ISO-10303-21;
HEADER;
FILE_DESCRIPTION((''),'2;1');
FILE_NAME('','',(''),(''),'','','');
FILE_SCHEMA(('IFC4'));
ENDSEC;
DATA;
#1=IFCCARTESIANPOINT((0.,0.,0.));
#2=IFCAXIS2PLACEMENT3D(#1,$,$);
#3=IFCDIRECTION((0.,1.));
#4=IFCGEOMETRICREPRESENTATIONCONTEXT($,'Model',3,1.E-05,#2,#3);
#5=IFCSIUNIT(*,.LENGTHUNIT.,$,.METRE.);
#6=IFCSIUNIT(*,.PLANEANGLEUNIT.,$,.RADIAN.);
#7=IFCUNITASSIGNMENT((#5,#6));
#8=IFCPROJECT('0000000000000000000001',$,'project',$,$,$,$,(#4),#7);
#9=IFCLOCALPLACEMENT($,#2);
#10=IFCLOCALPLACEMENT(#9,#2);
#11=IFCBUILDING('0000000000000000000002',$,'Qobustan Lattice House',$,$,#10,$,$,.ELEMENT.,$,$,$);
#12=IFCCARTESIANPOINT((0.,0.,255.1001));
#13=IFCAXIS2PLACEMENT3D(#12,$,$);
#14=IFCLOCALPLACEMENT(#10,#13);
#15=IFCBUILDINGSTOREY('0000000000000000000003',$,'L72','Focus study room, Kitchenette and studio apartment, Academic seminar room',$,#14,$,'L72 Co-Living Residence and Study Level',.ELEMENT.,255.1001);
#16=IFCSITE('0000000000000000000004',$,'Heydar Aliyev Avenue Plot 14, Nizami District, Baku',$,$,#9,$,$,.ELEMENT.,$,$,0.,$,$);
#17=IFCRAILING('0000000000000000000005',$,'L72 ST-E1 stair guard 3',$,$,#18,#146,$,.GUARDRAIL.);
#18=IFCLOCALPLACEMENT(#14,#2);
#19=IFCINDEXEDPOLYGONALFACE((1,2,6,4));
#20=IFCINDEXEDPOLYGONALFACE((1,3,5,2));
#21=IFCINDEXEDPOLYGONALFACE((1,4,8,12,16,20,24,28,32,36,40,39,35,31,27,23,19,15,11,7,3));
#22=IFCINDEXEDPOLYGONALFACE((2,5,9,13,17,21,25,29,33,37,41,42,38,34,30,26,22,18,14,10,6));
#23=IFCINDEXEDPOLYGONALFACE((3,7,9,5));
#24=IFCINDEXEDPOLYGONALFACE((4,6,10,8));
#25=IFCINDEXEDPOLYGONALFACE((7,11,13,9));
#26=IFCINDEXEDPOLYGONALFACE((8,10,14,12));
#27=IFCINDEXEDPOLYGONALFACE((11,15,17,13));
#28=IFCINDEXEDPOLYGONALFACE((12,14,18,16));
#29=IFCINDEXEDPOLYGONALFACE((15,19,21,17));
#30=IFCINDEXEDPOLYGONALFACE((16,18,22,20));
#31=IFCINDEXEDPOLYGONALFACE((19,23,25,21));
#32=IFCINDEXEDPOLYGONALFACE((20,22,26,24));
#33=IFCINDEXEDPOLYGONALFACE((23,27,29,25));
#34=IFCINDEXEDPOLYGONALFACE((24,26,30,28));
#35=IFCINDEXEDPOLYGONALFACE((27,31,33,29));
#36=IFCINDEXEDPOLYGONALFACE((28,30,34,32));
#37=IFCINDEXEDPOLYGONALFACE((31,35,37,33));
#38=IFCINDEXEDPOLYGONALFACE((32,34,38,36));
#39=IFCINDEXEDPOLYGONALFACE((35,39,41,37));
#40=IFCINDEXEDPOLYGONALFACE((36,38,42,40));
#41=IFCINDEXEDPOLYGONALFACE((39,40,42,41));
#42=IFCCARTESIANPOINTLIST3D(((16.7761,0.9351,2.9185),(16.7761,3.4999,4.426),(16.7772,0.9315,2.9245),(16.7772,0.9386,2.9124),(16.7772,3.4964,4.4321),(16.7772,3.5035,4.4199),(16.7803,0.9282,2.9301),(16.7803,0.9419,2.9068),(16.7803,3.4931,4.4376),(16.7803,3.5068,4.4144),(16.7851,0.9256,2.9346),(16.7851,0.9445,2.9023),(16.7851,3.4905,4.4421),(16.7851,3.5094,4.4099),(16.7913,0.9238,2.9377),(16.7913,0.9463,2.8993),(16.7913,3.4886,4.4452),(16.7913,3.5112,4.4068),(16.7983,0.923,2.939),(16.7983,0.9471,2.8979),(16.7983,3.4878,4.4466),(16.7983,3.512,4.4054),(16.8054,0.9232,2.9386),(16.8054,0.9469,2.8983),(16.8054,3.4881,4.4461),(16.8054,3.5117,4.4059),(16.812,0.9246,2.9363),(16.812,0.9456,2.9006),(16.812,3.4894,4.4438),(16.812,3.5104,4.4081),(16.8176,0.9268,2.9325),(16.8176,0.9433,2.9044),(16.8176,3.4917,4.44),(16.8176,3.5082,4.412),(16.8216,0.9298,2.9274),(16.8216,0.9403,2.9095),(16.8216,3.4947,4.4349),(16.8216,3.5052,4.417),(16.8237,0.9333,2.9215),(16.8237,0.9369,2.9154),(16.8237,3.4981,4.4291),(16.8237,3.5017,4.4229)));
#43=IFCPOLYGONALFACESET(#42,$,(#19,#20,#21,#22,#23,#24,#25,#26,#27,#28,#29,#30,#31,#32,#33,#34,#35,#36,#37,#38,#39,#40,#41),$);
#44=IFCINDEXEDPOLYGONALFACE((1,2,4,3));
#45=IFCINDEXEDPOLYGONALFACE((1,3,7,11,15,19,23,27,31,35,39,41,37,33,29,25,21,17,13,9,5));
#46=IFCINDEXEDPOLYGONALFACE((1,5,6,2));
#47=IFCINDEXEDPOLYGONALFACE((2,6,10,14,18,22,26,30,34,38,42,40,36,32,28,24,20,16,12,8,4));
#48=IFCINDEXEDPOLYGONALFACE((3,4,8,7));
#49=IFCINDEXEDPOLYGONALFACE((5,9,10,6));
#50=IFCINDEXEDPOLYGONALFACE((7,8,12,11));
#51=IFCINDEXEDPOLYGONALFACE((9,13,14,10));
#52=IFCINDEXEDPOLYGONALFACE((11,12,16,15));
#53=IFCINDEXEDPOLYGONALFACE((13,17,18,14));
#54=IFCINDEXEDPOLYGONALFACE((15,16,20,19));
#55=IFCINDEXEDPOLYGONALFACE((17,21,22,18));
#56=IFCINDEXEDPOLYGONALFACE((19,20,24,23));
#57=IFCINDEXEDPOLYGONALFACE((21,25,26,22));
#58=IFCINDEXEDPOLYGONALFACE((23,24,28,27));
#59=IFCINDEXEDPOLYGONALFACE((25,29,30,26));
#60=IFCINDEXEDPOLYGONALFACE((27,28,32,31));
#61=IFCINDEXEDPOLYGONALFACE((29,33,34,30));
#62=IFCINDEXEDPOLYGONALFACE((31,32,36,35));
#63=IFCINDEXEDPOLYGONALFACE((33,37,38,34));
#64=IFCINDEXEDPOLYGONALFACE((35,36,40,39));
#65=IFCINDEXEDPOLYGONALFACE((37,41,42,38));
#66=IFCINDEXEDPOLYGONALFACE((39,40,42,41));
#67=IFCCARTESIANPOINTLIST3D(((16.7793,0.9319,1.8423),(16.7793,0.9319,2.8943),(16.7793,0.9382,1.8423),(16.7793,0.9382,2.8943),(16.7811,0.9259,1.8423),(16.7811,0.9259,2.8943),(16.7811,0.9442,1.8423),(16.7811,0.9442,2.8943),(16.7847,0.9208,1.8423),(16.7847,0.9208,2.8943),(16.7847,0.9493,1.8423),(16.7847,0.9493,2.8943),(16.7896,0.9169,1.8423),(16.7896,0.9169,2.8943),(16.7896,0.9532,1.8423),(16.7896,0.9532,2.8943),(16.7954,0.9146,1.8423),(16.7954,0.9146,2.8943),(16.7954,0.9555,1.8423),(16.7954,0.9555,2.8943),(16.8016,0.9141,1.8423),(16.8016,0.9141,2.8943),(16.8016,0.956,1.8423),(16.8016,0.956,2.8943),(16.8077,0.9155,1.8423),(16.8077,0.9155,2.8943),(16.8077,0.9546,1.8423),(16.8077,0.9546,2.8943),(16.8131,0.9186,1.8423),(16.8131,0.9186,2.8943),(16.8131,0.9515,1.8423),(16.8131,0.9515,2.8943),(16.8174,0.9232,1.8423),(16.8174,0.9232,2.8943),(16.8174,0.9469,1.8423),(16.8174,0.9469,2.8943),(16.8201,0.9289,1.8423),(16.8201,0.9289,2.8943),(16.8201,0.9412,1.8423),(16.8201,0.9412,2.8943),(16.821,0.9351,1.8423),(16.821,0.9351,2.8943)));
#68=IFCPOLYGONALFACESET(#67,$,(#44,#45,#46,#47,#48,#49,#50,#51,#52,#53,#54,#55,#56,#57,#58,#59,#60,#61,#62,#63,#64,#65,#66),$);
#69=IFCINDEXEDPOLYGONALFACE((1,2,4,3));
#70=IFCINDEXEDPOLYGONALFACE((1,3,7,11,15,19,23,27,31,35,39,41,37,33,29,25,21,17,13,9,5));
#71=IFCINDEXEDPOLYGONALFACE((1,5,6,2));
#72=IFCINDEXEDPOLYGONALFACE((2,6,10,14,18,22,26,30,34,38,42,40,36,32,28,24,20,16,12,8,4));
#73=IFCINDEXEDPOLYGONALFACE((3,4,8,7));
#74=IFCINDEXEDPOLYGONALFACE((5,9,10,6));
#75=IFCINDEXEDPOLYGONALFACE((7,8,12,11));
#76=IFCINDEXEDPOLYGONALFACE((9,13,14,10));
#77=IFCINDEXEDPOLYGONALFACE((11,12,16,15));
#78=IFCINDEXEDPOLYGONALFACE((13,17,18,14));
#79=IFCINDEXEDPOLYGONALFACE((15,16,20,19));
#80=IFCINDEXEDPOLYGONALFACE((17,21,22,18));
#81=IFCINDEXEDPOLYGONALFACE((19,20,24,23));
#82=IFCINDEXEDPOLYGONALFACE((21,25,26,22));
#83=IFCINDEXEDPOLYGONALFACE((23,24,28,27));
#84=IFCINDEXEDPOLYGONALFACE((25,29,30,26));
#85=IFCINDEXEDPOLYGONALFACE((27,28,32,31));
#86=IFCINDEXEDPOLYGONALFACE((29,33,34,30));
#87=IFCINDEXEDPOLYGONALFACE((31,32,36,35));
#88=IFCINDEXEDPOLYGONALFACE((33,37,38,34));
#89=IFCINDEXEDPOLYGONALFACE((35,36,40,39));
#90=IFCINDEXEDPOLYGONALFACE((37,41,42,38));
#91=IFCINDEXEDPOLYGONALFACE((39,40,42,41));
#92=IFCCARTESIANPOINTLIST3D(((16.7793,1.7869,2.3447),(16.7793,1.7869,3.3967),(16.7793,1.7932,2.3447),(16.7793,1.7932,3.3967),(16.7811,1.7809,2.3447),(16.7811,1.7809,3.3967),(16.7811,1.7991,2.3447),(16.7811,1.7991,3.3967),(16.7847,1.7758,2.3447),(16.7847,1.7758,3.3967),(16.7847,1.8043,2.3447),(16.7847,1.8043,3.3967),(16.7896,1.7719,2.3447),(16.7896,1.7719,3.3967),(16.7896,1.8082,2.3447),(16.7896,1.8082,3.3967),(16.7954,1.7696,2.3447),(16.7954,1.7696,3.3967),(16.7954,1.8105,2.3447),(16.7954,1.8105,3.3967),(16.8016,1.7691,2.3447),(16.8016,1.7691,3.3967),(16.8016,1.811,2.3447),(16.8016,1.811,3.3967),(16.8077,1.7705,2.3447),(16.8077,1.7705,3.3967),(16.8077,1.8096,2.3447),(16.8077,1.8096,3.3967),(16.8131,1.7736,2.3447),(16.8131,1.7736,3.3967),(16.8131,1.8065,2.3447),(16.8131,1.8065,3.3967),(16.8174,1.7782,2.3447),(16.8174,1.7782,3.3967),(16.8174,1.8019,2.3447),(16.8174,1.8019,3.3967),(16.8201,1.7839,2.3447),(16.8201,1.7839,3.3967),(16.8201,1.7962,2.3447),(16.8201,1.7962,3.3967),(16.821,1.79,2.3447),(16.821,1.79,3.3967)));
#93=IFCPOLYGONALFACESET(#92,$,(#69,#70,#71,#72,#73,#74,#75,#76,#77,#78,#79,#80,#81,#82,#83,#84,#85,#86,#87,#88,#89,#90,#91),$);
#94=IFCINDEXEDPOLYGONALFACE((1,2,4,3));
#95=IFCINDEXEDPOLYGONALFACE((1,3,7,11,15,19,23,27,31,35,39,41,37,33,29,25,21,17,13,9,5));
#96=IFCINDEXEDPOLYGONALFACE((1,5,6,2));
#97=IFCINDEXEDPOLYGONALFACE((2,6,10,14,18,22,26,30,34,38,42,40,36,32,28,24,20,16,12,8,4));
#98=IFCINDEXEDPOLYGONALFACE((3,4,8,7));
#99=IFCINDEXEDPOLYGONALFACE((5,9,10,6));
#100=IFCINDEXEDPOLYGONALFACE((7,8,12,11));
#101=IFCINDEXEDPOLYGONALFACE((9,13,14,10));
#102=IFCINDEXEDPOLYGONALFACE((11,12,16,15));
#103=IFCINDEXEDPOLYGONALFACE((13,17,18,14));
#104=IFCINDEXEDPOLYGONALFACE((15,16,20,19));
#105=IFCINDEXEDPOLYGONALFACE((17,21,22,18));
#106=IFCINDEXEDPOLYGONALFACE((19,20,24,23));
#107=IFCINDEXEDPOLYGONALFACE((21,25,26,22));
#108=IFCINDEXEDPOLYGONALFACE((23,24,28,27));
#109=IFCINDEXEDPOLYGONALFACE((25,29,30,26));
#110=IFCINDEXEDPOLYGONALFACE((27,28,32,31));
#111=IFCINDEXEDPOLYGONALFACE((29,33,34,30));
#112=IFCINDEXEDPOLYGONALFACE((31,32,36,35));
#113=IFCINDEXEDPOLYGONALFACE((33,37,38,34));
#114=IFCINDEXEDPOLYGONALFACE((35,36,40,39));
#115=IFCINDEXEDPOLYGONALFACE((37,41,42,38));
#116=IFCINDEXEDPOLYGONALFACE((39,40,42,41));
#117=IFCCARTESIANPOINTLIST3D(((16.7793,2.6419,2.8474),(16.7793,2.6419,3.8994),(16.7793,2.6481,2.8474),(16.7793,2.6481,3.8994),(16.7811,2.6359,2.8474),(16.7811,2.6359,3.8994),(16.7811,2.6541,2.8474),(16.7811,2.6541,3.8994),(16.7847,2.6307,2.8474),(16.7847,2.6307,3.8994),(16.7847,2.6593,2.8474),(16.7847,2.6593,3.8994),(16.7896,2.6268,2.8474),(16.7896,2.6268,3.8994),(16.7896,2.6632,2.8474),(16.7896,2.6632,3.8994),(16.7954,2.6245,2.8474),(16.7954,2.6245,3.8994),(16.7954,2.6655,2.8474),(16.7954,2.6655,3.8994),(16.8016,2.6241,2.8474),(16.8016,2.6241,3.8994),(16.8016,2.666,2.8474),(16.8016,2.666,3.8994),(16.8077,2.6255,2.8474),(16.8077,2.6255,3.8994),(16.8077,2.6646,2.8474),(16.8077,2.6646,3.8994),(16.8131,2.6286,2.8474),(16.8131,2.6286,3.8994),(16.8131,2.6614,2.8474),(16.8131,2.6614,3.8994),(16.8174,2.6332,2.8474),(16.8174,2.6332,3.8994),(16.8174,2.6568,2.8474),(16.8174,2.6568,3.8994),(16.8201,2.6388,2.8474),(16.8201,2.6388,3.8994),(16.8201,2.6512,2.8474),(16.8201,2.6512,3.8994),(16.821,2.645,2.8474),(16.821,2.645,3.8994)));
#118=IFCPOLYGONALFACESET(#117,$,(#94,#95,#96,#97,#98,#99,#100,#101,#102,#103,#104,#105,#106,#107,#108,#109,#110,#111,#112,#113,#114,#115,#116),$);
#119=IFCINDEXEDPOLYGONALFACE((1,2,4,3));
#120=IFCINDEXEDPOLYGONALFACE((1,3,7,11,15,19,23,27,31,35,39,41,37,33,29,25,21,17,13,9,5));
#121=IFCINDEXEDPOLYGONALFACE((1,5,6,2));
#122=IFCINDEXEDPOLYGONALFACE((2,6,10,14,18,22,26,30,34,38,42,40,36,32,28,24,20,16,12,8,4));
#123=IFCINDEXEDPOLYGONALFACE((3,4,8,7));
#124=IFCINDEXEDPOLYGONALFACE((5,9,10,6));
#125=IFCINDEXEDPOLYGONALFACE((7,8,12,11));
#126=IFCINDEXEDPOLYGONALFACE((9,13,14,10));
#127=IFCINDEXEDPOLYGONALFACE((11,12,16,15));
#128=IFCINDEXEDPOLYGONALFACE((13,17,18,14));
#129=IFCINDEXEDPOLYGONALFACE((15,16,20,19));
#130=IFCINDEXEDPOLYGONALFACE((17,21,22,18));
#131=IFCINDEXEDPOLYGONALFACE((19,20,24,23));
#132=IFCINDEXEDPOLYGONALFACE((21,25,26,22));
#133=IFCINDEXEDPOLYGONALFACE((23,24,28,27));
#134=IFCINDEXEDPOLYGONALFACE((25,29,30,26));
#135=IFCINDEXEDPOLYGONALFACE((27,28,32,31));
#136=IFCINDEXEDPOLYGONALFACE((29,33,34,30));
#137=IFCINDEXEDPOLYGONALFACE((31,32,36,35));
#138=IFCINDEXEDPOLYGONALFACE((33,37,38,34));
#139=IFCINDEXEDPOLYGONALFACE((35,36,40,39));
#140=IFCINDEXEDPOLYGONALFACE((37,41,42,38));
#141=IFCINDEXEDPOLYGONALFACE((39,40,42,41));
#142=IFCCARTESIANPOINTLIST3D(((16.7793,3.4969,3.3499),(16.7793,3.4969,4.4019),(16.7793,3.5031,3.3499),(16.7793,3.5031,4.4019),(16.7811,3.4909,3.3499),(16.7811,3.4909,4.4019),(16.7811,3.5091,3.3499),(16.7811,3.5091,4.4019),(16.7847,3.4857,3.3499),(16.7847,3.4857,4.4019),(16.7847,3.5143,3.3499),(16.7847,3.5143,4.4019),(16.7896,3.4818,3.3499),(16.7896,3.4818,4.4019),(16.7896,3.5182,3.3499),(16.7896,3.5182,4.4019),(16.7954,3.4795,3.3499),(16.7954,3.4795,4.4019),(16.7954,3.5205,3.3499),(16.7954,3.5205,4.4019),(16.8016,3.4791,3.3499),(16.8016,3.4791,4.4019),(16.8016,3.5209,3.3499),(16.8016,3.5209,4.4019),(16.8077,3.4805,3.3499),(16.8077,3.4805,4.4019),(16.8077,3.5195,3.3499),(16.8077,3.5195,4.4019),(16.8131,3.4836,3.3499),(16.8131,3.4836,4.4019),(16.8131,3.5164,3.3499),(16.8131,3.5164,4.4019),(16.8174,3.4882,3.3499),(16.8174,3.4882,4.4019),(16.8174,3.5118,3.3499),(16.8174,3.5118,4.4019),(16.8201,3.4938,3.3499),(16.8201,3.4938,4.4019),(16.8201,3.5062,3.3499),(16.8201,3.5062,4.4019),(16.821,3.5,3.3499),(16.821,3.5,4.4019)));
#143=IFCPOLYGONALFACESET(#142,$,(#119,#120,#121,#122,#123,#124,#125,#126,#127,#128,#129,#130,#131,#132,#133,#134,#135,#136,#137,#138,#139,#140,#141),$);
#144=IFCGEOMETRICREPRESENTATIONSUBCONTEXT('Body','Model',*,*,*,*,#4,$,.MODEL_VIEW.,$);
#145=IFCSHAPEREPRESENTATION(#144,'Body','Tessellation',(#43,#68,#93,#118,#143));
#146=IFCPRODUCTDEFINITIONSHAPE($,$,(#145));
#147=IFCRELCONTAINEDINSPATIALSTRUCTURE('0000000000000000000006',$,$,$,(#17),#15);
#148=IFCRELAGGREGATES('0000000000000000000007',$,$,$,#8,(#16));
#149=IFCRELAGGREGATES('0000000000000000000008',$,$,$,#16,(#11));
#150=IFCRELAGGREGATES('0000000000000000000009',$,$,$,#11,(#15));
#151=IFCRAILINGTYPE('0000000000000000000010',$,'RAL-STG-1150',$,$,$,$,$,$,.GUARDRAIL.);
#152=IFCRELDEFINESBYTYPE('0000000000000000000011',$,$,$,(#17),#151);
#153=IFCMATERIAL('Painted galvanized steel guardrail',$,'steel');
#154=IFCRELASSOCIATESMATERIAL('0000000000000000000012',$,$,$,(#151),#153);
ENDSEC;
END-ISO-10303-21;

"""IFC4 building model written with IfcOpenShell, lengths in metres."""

from ifc_helpers import new_model, si_unit, direction, frame, origin, origin_2d, place, context, subcontext, project, spatial, circle, extrude, material, type_object, element, save


model = new_model("IFC4")

# Units and contexts
model_context = context("Model", 3, precision=1e-05, world=origin(), true_north=direction((0.0, 1.0)))
body_context = subcontext(model_context, "Body", "Model", "MODEL_VIEW")
ifc_project = project(units=[si_unit("LENGTHUNIT", "METRE"), si_unit("PLANEANGLEUNIT", "RADIAN")], contexts=[model_context])

# Site, building, storey
site_placement = place(None, origin())
site = spatial("IfcSite", under=ifc_project, at=site_placement, Name="Heydar Aliyev Avenue Plot 14, Nizami District, Baku", CompositionType="ELEMENT", RefElevation=0.0)
building_placement = place(site_placement, origin())
building = spatial("IfcBuilding", under=site, at=building_placement, Name="Qobustan Lattice House", CompositionType="ELEMENT")
storey_placement = place(building_placement, frame((0.0, 0.0, 255.1001)))
storey = spatial("IfcBuildingStorey", under=building, at=storey_placement, Name="L72", Description="Focus study room, Kitchenette and studio apartment, Academic seminar room", LongName="L72 Co-Living Residence and Study Level", CompositionType="ELEMENT", Elevation=255.1001)

# Railing
ifc_material_1 = material(Name="Painted galvanized steel guardrail", Category="steel")
railing_type_1 = type_object("IfcRailingType", Name="RAL-STG-1150", PredefinedType="GUARDRAIL", material=ifc_material_1)
railing_1_placement = place(storey_placement, frame((16.8, 0.9351, 1.8423)))
element("IfcRailing", 1, at=railing_1_placement, inside=storey, type_object=railing_type_1, Name="L72 ST-E1 stair guard 3", PredefinedType="GUARDRAIL", context=body_context, shape_type="SweptSolid", body=[
    extrude(circle(Radius=0.0239, at=origin_2d()), frame((0.0, 0.0, 1.0762), z_axis=(0.0, 0.862113, 0.506715), x_axis=(-1.0, 0.0, 0.0)), (0.0, 0.0, 1.0), 2.9751),
    extrude(circle(Radius=0.021, at=origin_2d()), origin(), (0.0, 0.0, 1.0), 1.052),
    extrude(circle(Radius=0.021, at=origin_2d()), frame((0.0, 0.855, 0.5024)), (0.0, 0.0, 1.0), 1.052),
    extrude(circle(Radius=0.021, at=origin_2d()), frame((0.0, 1.71, 1.0051)), (0.0, 0.0, 1.0), 1.052),
    extrude(circle(Radius=0.021, at=origin_2d()), frame((0.0, 2.5649, 1.5076)), (0.0, 0.0, 1.0), 1.052),
])

save(model, "model.ifc")
